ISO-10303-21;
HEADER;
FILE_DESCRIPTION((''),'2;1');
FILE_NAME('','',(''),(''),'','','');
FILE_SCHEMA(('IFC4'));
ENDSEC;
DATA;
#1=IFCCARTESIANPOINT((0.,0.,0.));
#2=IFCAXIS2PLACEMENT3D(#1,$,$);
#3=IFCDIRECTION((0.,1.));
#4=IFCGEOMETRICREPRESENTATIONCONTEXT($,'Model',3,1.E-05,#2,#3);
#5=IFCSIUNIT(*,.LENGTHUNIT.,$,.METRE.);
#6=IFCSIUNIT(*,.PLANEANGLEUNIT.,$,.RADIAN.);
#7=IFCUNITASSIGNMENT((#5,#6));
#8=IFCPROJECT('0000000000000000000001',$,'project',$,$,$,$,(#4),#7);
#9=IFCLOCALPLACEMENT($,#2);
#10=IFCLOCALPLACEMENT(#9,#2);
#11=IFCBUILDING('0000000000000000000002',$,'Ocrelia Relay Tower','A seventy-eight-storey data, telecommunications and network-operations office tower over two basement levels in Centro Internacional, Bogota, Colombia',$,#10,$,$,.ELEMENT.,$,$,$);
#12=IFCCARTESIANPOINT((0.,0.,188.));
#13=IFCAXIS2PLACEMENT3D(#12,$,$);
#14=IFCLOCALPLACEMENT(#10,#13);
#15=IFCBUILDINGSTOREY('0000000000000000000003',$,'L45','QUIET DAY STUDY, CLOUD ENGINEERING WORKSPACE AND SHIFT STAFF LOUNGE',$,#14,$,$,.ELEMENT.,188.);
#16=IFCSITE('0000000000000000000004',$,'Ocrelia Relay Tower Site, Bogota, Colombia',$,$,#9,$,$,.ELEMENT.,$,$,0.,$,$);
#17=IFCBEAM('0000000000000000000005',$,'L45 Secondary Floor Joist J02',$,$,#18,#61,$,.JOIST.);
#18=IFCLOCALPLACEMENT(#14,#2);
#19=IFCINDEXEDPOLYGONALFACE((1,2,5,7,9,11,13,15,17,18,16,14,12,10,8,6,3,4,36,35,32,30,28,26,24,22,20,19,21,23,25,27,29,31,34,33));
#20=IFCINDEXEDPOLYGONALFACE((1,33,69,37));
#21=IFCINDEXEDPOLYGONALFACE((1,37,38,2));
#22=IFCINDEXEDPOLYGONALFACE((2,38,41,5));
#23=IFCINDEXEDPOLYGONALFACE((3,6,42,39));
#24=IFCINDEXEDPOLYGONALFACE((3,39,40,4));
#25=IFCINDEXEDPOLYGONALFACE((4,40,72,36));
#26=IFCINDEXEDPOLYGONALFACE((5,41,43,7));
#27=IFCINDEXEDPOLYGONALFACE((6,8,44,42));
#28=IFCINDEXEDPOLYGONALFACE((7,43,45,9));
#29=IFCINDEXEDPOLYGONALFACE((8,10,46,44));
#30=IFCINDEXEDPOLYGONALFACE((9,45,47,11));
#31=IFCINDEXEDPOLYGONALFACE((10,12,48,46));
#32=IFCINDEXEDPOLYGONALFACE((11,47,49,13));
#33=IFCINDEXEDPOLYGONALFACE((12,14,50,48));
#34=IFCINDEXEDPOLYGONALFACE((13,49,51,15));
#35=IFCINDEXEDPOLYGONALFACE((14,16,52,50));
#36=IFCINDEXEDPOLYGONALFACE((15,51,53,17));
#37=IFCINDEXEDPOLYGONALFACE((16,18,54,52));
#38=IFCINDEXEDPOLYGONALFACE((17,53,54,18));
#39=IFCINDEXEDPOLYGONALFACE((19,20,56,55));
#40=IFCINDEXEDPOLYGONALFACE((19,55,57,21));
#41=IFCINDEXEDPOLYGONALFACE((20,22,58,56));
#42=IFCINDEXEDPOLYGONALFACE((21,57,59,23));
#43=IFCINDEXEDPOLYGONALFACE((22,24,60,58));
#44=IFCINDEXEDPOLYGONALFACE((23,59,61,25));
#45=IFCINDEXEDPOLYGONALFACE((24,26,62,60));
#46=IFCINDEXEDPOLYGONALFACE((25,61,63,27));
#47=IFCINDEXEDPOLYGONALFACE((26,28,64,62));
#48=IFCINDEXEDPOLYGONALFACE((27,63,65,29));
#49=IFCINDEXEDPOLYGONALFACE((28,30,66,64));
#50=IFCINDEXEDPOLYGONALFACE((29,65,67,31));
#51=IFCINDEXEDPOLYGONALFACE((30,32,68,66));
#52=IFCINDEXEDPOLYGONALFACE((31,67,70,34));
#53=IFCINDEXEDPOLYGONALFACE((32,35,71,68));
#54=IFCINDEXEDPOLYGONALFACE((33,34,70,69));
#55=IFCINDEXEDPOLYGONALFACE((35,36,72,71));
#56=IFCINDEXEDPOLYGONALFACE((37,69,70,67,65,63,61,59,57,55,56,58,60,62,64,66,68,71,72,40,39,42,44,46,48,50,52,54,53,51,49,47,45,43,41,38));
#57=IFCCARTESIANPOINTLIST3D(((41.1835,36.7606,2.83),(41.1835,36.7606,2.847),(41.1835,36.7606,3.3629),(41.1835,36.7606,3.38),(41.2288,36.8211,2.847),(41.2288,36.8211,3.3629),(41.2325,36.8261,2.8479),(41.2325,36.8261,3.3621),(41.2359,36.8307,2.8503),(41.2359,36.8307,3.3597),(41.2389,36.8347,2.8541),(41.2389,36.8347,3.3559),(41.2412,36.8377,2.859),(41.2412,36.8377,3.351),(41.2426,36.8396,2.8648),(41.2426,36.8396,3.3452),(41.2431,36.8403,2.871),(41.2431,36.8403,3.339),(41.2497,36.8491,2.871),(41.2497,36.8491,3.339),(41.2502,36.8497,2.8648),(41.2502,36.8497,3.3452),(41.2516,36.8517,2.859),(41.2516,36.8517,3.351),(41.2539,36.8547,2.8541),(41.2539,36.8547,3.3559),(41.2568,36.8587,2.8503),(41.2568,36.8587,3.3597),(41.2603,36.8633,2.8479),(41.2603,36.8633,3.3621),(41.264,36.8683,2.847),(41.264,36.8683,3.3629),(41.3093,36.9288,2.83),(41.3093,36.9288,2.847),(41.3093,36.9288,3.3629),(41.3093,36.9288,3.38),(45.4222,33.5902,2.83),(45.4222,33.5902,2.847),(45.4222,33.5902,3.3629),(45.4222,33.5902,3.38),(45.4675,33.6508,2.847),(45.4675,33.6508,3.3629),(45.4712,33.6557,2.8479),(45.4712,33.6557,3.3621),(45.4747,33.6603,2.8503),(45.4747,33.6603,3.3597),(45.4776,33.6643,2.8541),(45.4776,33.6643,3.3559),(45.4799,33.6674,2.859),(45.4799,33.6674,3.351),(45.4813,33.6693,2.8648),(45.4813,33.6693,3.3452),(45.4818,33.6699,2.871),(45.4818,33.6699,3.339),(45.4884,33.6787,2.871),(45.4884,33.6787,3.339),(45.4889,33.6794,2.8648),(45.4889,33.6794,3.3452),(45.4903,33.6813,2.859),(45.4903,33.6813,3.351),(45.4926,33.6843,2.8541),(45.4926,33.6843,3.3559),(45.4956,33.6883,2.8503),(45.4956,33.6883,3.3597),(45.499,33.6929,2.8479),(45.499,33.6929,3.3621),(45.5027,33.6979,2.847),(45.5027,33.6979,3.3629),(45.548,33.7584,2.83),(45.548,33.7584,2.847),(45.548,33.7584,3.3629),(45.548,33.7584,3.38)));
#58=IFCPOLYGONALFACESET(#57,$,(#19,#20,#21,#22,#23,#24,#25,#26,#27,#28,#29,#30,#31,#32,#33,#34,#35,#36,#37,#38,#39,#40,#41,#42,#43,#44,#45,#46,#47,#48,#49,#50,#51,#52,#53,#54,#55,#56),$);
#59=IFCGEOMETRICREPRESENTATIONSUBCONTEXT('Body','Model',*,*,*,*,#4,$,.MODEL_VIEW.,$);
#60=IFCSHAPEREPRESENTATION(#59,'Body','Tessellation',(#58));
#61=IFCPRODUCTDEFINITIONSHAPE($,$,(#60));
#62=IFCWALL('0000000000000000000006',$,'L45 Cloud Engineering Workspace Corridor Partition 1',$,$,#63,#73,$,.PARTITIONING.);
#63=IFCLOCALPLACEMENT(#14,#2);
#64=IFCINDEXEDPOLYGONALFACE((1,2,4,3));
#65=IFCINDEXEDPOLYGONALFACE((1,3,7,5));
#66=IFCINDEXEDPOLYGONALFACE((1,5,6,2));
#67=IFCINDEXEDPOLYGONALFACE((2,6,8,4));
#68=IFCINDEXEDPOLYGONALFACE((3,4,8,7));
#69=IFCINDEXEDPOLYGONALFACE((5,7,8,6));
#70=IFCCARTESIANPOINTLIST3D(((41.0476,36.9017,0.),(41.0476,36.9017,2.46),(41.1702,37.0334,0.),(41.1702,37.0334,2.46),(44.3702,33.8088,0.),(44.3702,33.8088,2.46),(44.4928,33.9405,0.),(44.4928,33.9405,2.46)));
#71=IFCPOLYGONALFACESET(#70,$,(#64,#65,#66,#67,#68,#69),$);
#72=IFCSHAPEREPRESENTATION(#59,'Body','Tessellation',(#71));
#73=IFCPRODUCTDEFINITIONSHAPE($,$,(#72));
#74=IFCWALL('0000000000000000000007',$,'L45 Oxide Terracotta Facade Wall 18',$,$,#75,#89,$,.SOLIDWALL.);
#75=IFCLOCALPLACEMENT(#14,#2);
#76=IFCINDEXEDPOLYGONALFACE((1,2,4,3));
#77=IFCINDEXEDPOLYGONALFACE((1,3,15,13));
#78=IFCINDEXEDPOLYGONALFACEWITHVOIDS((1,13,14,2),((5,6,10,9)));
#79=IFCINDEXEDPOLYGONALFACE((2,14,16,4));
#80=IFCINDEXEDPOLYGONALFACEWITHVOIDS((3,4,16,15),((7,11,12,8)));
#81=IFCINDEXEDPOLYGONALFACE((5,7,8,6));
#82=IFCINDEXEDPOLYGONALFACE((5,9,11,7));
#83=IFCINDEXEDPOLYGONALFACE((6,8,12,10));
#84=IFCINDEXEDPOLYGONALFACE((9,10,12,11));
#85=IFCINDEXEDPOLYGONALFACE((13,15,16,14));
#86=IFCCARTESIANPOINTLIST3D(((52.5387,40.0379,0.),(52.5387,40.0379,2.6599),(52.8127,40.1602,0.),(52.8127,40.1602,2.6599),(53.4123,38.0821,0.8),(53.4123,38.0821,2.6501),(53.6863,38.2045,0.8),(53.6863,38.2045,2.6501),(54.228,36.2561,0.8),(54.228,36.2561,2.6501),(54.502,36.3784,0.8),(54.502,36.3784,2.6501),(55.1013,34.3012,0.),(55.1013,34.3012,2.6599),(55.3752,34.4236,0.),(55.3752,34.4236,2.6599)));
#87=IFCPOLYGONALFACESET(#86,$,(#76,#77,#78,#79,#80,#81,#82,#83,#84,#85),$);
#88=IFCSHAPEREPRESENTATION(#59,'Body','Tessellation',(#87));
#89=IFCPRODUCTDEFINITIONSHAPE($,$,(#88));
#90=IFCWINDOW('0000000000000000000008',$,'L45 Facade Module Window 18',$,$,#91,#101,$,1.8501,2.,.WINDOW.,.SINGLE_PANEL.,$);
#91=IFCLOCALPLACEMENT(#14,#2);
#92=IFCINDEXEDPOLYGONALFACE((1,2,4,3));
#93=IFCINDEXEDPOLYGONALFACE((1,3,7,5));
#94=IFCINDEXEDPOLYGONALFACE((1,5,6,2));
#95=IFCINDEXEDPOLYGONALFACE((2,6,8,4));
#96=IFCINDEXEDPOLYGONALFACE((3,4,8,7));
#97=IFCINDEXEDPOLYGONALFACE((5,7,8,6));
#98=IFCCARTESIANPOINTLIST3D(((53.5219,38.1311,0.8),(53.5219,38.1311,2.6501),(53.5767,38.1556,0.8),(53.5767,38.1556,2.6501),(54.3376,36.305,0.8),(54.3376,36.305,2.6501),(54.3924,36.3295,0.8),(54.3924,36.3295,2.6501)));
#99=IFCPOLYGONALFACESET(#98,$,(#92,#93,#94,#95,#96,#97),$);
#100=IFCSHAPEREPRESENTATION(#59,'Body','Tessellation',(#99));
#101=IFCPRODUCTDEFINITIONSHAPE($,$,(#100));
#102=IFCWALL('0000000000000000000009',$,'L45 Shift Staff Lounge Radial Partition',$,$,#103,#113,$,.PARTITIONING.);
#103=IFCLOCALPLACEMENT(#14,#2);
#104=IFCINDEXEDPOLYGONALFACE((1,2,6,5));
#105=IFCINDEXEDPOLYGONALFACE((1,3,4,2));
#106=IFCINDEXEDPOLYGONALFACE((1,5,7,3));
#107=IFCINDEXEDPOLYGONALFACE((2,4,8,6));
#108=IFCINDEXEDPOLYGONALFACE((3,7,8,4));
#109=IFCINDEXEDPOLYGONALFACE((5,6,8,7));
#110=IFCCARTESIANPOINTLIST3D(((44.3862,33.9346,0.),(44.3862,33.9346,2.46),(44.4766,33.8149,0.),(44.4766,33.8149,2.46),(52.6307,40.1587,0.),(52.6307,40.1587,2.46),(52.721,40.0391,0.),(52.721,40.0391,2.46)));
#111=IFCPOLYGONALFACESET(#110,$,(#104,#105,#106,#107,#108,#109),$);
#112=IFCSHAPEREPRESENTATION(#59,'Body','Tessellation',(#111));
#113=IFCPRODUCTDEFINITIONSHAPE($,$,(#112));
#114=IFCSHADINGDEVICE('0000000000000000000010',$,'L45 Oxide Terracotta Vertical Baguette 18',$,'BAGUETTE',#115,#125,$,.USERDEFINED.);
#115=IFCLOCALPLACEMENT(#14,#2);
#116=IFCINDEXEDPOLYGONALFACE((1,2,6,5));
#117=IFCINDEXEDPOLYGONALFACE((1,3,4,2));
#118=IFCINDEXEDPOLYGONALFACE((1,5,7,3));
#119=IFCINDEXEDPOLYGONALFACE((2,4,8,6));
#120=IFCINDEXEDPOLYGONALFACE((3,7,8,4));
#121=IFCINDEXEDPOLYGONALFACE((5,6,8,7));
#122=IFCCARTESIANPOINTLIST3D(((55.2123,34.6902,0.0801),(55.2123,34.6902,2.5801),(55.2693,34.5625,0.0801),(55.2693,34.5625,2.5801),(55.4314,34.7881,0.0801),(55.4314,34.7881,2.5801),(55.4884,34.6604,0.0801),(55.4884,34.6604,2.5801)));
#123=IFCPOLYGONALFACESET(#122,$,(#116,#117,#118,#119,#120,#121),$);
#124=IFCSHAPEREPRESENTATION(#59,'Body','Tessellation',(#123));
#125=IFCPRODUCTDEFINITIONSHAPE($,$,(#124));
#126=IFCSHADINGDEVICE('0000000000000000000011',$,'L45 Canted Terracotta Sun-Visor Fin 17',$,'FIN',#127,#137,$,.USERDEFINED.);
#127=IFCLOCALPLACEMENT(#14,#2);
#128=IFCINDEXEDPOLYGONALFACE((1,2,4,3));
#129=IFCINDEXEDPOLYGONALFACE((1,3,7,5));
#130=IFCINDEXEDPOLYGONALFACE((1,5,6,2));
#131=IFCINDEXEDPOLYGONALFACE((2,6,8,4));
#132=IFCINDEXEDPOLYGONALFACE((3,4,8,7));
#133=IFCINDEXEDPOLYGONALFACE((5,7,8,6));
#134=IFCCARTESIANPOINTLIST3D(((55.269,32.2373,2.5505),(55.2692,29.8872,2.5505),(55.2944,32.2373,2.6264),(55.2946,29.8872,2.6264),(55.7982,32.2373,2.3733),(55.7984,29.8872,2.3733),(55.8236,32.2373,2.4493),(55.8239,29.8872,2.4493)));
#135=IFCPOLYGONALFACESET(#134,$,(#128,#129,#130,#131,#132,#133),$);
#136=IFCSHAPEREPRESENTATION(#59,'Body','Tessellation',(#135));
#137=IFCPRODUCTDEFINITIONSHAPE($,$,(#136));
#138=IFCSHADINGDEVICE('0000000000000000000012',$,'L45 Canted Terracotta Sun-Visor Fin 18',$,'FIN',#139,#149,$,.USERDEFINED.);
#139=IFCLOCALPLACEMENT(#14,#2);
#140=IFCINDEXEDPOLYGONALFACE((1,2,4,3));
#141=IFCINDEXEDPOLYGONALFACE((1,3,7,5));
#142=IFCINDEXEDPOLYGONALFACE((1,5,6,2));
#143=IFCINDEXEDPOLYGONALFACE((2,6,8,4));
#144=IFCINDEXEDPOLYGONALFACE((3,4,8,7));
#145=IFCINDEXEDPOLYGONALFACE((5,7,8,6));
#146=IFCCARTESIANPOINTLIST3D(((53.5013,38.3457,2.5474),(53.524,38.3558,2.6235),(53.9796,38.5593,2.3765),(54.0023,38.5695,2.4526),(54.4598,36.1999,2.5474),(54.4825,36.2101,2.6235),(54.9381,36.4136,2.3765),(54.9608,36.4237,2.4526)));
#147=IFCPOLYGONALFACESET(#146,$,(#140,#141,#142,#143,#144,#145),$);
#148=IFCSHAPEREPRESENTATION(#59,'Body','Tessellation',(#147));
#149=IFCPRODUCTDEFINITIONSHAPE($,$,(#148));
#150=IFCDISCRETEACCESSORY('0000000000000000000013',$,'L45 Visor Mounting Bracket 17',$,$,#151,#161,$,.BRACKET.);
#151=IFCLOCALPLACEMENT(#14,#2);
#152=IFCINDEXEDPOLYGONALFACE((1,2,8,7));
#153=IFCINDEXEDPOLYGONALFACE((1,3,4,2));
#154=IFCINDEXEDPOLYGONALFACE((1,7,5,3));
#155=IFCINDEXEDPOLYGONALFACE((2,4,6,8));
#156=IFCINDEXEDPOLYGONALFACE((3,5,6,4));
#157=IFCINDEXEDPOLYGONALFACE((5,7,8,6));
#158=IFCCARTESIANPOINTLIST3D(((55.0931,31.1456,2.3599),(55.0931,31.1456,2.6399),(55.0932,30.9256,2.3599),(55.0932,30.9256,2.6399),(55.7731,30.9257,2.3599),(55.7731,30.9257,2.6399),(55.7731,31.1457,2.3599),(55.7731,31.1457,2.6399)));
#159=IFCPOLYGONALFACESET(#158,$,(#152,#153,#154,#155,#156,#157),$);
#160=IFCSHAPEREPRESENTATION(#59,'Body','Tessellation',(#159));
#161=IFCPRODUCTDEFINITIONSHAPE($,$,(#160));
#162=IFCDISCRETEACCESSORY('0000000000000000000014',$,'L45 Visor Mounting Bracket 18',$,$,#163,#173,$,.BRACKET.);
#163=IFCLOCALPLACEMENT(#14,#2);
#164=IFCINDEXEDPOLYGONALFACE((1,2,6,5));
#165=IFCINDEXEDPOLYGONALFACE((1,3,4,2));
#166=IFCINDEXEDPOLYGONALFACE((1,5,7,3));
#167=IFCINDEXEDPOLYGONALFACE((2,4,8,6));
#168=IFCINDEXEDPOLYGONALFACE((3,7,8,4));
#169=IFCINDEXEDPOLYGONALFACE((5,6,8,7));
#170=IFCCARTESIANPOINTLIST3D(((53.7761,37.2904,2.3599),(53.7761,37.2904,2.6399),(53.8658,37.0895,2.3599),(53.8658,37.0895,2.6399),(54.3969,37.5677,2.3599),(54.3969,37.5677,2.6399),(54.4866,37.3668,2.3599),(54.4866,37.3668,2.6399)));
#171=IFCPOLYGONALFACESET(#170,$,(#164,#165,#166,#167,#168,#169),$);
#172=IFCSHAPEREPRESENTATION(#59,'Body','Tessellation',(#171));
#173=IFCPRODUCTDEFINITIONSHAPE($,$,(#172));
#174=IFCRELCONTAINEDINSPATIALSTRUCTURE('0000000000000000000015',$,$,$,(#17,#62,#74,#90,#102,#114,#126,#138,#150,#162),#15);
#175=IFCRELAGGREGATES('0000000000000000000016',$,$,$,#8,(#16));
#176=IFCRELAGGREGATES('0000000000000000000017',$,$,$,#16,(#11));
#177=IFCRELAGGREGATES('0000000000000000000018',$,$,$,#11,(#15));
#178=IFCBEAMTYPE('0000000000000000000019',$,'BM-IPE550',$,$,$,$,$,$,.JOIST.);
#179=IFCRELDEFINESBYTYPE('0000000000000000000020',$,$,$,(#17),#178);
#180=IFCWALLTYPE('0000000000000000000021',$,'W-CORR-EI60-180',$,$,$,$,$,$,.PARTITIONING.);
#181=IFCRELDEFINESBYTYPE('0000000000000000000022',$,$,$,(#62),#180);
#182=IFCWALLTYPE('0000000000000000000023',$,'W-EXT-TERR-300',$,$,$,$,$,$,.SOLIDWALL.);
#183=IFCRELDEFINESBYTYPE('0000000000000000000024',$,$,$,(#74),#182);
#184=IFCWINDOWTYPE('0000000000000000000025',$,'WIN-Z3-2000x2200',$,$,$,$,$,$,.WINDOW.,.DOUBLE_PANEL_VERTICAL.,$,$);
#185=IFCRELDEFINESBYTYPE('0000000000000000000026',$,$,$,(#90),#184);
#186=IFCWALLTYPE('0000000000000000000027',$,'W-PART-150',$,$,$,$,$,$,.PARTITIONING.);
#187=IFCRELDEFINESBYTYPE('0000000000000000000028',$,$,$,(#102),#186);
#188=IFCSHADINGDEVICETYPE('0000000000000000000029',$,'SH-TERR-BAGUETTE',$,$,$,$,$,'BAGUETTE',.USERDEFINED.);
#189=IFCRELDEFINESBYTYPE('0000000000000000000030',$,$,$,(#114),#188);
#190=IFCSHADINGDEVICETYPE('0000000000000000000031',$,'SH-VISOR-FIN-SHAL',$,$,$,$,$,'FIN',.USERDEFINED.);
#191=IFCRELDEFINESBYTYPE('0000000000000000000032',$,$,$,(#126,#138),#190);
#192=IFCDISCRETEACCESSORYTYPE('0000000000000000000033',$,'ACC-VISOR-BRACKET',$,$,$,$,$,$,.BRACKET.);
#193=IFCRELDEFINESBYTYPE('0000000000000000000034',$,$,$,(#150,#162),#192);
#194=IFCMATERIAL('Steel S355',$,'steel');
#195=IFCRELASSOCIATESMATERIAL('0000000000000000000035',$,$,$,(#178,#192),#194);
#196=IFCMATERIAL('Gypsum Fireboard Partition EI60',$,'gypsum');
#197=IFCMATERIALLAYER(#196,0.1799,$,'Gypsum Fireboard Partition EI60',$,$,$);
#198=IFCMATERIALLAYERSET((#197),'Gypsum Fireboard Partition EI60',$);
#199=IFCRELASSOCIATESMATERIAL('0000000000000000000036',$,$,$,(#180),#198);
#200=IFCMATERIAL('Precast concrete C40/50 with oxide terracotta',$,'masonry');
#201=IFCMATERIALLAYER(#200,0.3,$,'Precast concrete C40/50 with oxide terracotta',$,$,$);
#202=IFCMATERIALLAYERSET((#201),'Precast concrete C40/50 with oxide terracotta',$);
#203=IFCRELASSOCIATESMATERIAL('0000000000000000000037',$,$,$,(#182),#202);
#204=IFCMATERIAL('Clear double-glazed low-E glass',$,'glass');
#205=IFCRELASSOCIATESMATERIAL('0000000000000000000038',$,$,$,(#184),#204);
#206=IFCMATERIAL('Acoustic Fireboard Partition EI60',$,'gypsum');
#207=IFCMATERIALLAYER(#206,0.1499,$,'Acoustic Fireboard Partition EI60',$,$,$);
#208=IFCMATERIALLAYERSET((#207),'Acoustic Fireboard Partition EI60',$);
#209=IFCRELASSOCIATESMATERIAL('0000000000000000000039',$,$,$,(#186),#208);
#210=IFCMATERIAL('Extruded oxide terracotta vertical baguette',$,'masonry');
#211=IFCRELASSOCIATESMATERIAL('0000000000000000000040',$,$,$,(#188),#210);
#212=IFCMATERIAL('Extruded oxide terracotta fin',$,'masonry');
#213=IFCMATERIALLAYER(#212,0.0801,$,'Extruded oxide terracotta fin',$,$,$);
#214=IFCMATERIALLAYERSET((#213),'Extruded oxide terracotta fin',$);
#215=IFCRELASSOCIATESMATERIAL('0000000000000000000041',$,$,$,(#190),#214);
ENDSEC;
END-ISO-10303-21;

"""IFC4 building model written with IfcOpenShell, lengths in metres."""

from ifc_helpers import new_model, si_unit, direction, frame, frame_2d, origin, origin_2d, place, context, subcontext, project, spatial, rectangle, i_section, extrude, material, layer, layer_set, material_profile, profile_set, type_object, element, fill, save


model = new_model("IFC4")

# Units and contexts
model_context = context("Model", 3, precision=1e-05, world=origin(), true_north=direction((0.0, 1.0)))
body_context = subcontext(model_context, "Body", "Model", "MODEL_VIEW")
ifc_project = project(units=[si_unit("LENGTHUNIT", "METRE"), si_unit("PLANEANGLEUNIT", "RADIAN")], contexts=[model_context])

# Site, building, storey
site_placement = place(None, origin())
site = spatial("IfcSite", under=ifc_project, at=site_placement, Name="Ocrelia Relay Tower Site, Bogota, Colombia", CompositionType="ELEMENT", RefElevation=0.0)
building_placement = place(site_placement, origin())
building = spatial("IfcBuilding", under=site, at=building_placement, Name="Ocrelia Relay Tower", Description="A seventy-eight-storey data, telecommunications and network-operations office tower over two basement levels in Centro Internacional, Bogota, Colombia", CompositionType="ELEMENT")
storey_placement = place(building_placement, frame((0.0, 0.0, 188.0)))
storey = spatial("IfcBuildingStorey", under=building, at=storey_placement, Name="L45", Description="QUIET DAY STUDY, CLOUD ENGINEERING WORKSPACE AND SHIFT STAFF LOUNGE", CompositionType="ELEMENT", Elevation=188.0)

# Beam
ifc_material_1 = material(Name="Steel S355", Category="steel")
ifc_material_profile_1 = material_profile(ifc_material_1, i_section(OverallWidth=0.21, OverallDepth=0.55, WebThickness=0.011, FlangeThickness=0.0171, FilletRadius=0.0239, at=origin_2d()), Name="IPE 550")
ifc_profile_set_1 = profile_set([ifc_material_profile_1], Name="Steel S355")
beam_type_1 = type_object("IfcBeamType", Name="BM-IPE550", PredefinedType="JOIST", material=ifc_profile_set_1)
beam_1_placement = place(storey_placement, frame((45.4851, 33.6743, 3.105), z_axis=(-0.800785, 0.598952, 0.0), x_axis=(-0.598952, -0.800785, 0.0)))
element("IfcBeam", 1, at=beam_1_placement, inside=storey, type_object=beam_type_1, Name="L45 Secondary Floor Joist J02", PredefinedType="JOIST", context=body_context, shape_type="SweptSolid", body=[
    extrude(i_section(OverallWidth=0.21, OverallDepth=0.55, WebThickness=0.011, FlangeThickness=0.0171, FilletRadius=0.0239, at=origin_2d()), origin(), (0.0, 0.0, 1.0), 5.2932),
])

# Shared definitions
ifc_material_2 = material(Name="Gypsum Fireboard Partition EI60", Category="gypsum")
ifc_layer_1 = layer(ifc_material_2, 0.1799, Name="Gypsum Fireboard Partition EI60")
ifc_layer_set_1 = layer_set([ifc_layer_1], Name="Gypsum Fireboard Partition EI60")
wall_type_1 = type_object("IfcWallType", Name="W-CORR-EI60-180", PredefinedType="PARTITIONING", material=ifc_layer_set_1)

# Wall
wall_1_placement = place(storey_placement, frame((44.4314, 33.8748, 0.0), z_axis=(0.0, 0.0, 1.0), x_axis=(-0.73196, 0.681348, 0.0)))
element("IfcWall", 2, at=wall_1_placement, inside=storey, type_object=wall_type_1, Name="L45 Cloud Engineering Workspace Corridor Partition 1", PredefinedType="PARTITIONING", context=body_context, shape_type="SweptSolid", body=[
    extrude(rectangle(XDim=4.5393, YDim=0.1799, at=frame_2d((2.2695, 0.0))), origin(), (0.0, 0.0, 1.0), 2.46),
])

# Wall, opening, window
ifc_material_3 = material(Name="Precast concrete C40/50 with oxide terracotta", Category="masonry")
ifc_layer_2 = layer(ifc_material_3, 0.3, Name="Precast concrete C40/50 with oxide terracotta")
ifc_layer_set_2 = layer_set([ifc_layer_2], Name="Precast concrete C40/50 with oxide terracotta")
wall_type_2 = type_object("IfcWallType", Name="W-EXT-TERR-300", PredefinedType="SOLIDWALL", material=ifc_layer_set_2)
wall_2_placement = place(storey_placement, frame((55.2383, 34.3623, 0.0), z_axis=(0.0, 0.0, 1.0), x_axis=(-0.407854, 0.913047, 0.0)))
wall_2 = element("IfcWall", 3, at=wall_2_placement, inside=storey, type_object=wall_type_2, Name="L45 Oxide Terracotta Facade Wall 18", PredefinedType="SOLIDWALL", context=body_context, shape_type="SweptSolid", body=[
    extrude(rectangle(XDim=6.283, YDim=0.3, at=frame_2d((3.1416, 0.0))), origin(), (0.0, 0.0, 1.0), 2.6599),
])
opening_1_placement = place(wall_2_placement, frame((2.1411, 0.0, 0.8)))
opening_1 = element("IfcOpeningElement", 4, at=opening_1_placement, cuts=wall_2, PredefinedType="OPENING", context=body_context, shape_type="SweptSolid", body=[
    extrude(rectangle(XDim=2.0, YDim=1.8501, at=frame_2d((1.0, 0.925))), frame((0.0, 0.1602, 0.0), z_axis=(0.0, -1.0, 0.0), x_axis=(1.0, 0.0, 0.0)), (0.0, 0.0, 1.0), 0.3201),
])
ifc_material_4 = material(Name="Clear double-glazed low-E glass", Category="glass")
window_type = type_object("IfcWindowType", Name="WIN-Z3-2000x2200", PartitioningType="DOUBLE_PANEL_VERTICAL", PredefinedType="WINDOW", material=ifc_material_4)
window_placement = place(opening_1_placement, origin())
window = element("IfcWindow", 5, at=window_placement, inside=storey, type_object=window_type, Name="L45 Facade Module Window 18", OverallHeight=1.8501, OverallWidth=2.0, PartitioningType="SINGLE_PANEL", PredefinedType="WINDOW", context=body_context, shape_type="SweptSolid", body=[
    extrude(rectangle(XDim=2.0, YDim=1.8501, at=frame_2d((1.0, 0.925))), frame((0.0, 0.03, 0.0), z_axis=(0.0, -1.0, 0.0), x_axis=(1.0, 0.0, 0.0)), (0.0, 0.0, 1.0), 0.0601),
])
fill(opening_1, window)

# Wall
ifc_material_5 = material(Name="Acoustic Fireboard Partition EI60", Category="gypsum")
ifc_layer_3 = layer(ifc_material_5, 0.1499, Name="Acoustic Fireboard Partition EI60")
ifc_layer_set_3 = layer_set([ifc_layer_3], Name="Acoustic Fireboard Partition EI60")
wall_type_3 = type_object("IfcWallType", Name="W-PART-150", PredefinedType="PARTITIONING", material=ifc_layer_set_3)
wall_3_placement = place(storey_placement, frame((44.4314, 33.8748, 0.0), z_axis=(0.0, 0.0, 1.0), x_axis=(0.798099, 0.602527, 0.0)))
element("IfcWall", 6, at=wall_3_placement, inside=storey, type_object=wall_type_3, Name="L45 Shift Staff Lounge Radial Partition", PredefinedType="PARTITIONING", context=body_context, shape_type="SweptSolid", body=[
    extrude(rectangle(XDim=10.3301, YDim=0.1499, at=frame_2d((5.165, 0.0))), origin(), (0.0, 0.0, 1.0), 2.46),
])

# Shading devices
ifc_material_6 = material(Name="Extruded oxide terracotta vertical baguette", Category="masonry")
shading_device_type_1 = type_object("IfcShadingDeviceType", Name="SH-TERR-BAGUETTE", ElementType="BAGUETTE", PredefinedType="USERDEFINED", material=ifc_material_6)
shading_device_1_placement = place(storey_placement, frame((55.3503, 34.6753, 0.0801), z_axis=(0.0, 0.0, 1.0), x_axis=(-0.407851, 0.913049, 0.0)))
element("IfcShadingDevice", 7, at=shading_device_1_placement, inside=storey, type_object=shading_device_type_1, Name="L45 Oxide Terracotta Vertical Baguette 18", ObjectType="BAGUETTE", PredefinedType="USERDEFINED", context=body_context, shape_type="SweptSolid", body=[
    extrude(rectangle(XDim=0.1399, YDim=0.24, at=origin_2d()), origin(), (0.0, 0.0, 1.0), 2.5),
])
ifc_material_7 = material(Name="Extruded oxide terracotta fin", Category="masonry")
ifc_layer_4 = layer(ifc_material_7, 0.0801, Name="Extruded oxide terracotta fin")
ifc_layer_set_4 = layer_set([ifc_layer_4], Name="Extruded oxide terracotta fin")
shading_device_type_2 = type_object("IfcShadingDeviceType", Name="SH-VISOR-FIN-SHAL", ElementType="FIN", PredefinedType="USERDEFINED", material=ifc_layer_set_4)
shading_device_2_placement = place(storey_placement, frame((55.5337, 31.0623, 2.4619), z_axis=(0.31747, 0.000033, 0.948268), x_axis=(-0.000104, 1.0, 0.0)))
element("IfcShadingDevice", 8, at=shading_device_2_placement, inside=storey, type_object=shading_device_type_2, Name="L45 Canted Terracotta Sun-Visor Fin 17", ObjectType="FIN", PredefinedType="USERDEFINED", context=body_context, shape_type="SweptSolid", body=[
    extrude(rectangle(XDim=2.3501, YDim=0.5581, at=origin_2d()), origin(), (0.0, 0.0, 1.0), 0.0801),
])
shading_device_3_placement = place(storey_placement, frame((54.2197, 37.3796, 2.4619), z_axis=(0.283208, 0.126507, 0.950678), x_axis=(-0.407851, 0.913049, 0.0)))
element("IfcShadingDevice", 9, at=shading_device_3_placement, inside=storey, type_object=shading_device_type_2, Name="L45 Canted Terracotta Sun-Visor Fin 18", ObjectType="FIN", PredefinedType="USERDEFINED", context=body_context, shape_type="SweptSolid", body=[
    extrude(rectangle(XDim=2.3501, YDim=0.551, at=origin_2d()), origin(), (0.0, 0.0, 1.0), 0.0801),
])

# Discrete accessories
discrete_accessory_type = type_object("IfcDiscreteAccessoryType", Name="ACC-VISOR-BRACKET", PredefinedType="BRACKET", material=ifc_material_1)
for number, where, z_axis, x_axis, name in (
    (10, (55.4331, 31.0356, 2.3599), (0.0, 0.0, 1.0), (-0.000104, 1.0, 0.0), "L45 Visor Mounting Bracket 17"),
    (11, (54.1313, 37.3286, 2.3599), (0.0, 0.0, 1.0), (-0.407851, 0.913049, 0.0), "L45 Visor Mounting Bracket 18"),
):
    element("IfcDiscreteAccessory", number, at=place(storey_placement, frame(where, z_axis=z_axis, x_axis=x_axis)), inside=storey, type_object=discrete_accessory_type, Name=name, PredefinedType="BRACKET", context=body_context, shape_type="SweptSolid", body=[
        extrude(rectangle(XDim=0.22, YDim=0.6799, at=origin_2d()), origin(), (0.0, 0.0, 1.0), 0.28),
    ])

save(model, "model.ifc")
